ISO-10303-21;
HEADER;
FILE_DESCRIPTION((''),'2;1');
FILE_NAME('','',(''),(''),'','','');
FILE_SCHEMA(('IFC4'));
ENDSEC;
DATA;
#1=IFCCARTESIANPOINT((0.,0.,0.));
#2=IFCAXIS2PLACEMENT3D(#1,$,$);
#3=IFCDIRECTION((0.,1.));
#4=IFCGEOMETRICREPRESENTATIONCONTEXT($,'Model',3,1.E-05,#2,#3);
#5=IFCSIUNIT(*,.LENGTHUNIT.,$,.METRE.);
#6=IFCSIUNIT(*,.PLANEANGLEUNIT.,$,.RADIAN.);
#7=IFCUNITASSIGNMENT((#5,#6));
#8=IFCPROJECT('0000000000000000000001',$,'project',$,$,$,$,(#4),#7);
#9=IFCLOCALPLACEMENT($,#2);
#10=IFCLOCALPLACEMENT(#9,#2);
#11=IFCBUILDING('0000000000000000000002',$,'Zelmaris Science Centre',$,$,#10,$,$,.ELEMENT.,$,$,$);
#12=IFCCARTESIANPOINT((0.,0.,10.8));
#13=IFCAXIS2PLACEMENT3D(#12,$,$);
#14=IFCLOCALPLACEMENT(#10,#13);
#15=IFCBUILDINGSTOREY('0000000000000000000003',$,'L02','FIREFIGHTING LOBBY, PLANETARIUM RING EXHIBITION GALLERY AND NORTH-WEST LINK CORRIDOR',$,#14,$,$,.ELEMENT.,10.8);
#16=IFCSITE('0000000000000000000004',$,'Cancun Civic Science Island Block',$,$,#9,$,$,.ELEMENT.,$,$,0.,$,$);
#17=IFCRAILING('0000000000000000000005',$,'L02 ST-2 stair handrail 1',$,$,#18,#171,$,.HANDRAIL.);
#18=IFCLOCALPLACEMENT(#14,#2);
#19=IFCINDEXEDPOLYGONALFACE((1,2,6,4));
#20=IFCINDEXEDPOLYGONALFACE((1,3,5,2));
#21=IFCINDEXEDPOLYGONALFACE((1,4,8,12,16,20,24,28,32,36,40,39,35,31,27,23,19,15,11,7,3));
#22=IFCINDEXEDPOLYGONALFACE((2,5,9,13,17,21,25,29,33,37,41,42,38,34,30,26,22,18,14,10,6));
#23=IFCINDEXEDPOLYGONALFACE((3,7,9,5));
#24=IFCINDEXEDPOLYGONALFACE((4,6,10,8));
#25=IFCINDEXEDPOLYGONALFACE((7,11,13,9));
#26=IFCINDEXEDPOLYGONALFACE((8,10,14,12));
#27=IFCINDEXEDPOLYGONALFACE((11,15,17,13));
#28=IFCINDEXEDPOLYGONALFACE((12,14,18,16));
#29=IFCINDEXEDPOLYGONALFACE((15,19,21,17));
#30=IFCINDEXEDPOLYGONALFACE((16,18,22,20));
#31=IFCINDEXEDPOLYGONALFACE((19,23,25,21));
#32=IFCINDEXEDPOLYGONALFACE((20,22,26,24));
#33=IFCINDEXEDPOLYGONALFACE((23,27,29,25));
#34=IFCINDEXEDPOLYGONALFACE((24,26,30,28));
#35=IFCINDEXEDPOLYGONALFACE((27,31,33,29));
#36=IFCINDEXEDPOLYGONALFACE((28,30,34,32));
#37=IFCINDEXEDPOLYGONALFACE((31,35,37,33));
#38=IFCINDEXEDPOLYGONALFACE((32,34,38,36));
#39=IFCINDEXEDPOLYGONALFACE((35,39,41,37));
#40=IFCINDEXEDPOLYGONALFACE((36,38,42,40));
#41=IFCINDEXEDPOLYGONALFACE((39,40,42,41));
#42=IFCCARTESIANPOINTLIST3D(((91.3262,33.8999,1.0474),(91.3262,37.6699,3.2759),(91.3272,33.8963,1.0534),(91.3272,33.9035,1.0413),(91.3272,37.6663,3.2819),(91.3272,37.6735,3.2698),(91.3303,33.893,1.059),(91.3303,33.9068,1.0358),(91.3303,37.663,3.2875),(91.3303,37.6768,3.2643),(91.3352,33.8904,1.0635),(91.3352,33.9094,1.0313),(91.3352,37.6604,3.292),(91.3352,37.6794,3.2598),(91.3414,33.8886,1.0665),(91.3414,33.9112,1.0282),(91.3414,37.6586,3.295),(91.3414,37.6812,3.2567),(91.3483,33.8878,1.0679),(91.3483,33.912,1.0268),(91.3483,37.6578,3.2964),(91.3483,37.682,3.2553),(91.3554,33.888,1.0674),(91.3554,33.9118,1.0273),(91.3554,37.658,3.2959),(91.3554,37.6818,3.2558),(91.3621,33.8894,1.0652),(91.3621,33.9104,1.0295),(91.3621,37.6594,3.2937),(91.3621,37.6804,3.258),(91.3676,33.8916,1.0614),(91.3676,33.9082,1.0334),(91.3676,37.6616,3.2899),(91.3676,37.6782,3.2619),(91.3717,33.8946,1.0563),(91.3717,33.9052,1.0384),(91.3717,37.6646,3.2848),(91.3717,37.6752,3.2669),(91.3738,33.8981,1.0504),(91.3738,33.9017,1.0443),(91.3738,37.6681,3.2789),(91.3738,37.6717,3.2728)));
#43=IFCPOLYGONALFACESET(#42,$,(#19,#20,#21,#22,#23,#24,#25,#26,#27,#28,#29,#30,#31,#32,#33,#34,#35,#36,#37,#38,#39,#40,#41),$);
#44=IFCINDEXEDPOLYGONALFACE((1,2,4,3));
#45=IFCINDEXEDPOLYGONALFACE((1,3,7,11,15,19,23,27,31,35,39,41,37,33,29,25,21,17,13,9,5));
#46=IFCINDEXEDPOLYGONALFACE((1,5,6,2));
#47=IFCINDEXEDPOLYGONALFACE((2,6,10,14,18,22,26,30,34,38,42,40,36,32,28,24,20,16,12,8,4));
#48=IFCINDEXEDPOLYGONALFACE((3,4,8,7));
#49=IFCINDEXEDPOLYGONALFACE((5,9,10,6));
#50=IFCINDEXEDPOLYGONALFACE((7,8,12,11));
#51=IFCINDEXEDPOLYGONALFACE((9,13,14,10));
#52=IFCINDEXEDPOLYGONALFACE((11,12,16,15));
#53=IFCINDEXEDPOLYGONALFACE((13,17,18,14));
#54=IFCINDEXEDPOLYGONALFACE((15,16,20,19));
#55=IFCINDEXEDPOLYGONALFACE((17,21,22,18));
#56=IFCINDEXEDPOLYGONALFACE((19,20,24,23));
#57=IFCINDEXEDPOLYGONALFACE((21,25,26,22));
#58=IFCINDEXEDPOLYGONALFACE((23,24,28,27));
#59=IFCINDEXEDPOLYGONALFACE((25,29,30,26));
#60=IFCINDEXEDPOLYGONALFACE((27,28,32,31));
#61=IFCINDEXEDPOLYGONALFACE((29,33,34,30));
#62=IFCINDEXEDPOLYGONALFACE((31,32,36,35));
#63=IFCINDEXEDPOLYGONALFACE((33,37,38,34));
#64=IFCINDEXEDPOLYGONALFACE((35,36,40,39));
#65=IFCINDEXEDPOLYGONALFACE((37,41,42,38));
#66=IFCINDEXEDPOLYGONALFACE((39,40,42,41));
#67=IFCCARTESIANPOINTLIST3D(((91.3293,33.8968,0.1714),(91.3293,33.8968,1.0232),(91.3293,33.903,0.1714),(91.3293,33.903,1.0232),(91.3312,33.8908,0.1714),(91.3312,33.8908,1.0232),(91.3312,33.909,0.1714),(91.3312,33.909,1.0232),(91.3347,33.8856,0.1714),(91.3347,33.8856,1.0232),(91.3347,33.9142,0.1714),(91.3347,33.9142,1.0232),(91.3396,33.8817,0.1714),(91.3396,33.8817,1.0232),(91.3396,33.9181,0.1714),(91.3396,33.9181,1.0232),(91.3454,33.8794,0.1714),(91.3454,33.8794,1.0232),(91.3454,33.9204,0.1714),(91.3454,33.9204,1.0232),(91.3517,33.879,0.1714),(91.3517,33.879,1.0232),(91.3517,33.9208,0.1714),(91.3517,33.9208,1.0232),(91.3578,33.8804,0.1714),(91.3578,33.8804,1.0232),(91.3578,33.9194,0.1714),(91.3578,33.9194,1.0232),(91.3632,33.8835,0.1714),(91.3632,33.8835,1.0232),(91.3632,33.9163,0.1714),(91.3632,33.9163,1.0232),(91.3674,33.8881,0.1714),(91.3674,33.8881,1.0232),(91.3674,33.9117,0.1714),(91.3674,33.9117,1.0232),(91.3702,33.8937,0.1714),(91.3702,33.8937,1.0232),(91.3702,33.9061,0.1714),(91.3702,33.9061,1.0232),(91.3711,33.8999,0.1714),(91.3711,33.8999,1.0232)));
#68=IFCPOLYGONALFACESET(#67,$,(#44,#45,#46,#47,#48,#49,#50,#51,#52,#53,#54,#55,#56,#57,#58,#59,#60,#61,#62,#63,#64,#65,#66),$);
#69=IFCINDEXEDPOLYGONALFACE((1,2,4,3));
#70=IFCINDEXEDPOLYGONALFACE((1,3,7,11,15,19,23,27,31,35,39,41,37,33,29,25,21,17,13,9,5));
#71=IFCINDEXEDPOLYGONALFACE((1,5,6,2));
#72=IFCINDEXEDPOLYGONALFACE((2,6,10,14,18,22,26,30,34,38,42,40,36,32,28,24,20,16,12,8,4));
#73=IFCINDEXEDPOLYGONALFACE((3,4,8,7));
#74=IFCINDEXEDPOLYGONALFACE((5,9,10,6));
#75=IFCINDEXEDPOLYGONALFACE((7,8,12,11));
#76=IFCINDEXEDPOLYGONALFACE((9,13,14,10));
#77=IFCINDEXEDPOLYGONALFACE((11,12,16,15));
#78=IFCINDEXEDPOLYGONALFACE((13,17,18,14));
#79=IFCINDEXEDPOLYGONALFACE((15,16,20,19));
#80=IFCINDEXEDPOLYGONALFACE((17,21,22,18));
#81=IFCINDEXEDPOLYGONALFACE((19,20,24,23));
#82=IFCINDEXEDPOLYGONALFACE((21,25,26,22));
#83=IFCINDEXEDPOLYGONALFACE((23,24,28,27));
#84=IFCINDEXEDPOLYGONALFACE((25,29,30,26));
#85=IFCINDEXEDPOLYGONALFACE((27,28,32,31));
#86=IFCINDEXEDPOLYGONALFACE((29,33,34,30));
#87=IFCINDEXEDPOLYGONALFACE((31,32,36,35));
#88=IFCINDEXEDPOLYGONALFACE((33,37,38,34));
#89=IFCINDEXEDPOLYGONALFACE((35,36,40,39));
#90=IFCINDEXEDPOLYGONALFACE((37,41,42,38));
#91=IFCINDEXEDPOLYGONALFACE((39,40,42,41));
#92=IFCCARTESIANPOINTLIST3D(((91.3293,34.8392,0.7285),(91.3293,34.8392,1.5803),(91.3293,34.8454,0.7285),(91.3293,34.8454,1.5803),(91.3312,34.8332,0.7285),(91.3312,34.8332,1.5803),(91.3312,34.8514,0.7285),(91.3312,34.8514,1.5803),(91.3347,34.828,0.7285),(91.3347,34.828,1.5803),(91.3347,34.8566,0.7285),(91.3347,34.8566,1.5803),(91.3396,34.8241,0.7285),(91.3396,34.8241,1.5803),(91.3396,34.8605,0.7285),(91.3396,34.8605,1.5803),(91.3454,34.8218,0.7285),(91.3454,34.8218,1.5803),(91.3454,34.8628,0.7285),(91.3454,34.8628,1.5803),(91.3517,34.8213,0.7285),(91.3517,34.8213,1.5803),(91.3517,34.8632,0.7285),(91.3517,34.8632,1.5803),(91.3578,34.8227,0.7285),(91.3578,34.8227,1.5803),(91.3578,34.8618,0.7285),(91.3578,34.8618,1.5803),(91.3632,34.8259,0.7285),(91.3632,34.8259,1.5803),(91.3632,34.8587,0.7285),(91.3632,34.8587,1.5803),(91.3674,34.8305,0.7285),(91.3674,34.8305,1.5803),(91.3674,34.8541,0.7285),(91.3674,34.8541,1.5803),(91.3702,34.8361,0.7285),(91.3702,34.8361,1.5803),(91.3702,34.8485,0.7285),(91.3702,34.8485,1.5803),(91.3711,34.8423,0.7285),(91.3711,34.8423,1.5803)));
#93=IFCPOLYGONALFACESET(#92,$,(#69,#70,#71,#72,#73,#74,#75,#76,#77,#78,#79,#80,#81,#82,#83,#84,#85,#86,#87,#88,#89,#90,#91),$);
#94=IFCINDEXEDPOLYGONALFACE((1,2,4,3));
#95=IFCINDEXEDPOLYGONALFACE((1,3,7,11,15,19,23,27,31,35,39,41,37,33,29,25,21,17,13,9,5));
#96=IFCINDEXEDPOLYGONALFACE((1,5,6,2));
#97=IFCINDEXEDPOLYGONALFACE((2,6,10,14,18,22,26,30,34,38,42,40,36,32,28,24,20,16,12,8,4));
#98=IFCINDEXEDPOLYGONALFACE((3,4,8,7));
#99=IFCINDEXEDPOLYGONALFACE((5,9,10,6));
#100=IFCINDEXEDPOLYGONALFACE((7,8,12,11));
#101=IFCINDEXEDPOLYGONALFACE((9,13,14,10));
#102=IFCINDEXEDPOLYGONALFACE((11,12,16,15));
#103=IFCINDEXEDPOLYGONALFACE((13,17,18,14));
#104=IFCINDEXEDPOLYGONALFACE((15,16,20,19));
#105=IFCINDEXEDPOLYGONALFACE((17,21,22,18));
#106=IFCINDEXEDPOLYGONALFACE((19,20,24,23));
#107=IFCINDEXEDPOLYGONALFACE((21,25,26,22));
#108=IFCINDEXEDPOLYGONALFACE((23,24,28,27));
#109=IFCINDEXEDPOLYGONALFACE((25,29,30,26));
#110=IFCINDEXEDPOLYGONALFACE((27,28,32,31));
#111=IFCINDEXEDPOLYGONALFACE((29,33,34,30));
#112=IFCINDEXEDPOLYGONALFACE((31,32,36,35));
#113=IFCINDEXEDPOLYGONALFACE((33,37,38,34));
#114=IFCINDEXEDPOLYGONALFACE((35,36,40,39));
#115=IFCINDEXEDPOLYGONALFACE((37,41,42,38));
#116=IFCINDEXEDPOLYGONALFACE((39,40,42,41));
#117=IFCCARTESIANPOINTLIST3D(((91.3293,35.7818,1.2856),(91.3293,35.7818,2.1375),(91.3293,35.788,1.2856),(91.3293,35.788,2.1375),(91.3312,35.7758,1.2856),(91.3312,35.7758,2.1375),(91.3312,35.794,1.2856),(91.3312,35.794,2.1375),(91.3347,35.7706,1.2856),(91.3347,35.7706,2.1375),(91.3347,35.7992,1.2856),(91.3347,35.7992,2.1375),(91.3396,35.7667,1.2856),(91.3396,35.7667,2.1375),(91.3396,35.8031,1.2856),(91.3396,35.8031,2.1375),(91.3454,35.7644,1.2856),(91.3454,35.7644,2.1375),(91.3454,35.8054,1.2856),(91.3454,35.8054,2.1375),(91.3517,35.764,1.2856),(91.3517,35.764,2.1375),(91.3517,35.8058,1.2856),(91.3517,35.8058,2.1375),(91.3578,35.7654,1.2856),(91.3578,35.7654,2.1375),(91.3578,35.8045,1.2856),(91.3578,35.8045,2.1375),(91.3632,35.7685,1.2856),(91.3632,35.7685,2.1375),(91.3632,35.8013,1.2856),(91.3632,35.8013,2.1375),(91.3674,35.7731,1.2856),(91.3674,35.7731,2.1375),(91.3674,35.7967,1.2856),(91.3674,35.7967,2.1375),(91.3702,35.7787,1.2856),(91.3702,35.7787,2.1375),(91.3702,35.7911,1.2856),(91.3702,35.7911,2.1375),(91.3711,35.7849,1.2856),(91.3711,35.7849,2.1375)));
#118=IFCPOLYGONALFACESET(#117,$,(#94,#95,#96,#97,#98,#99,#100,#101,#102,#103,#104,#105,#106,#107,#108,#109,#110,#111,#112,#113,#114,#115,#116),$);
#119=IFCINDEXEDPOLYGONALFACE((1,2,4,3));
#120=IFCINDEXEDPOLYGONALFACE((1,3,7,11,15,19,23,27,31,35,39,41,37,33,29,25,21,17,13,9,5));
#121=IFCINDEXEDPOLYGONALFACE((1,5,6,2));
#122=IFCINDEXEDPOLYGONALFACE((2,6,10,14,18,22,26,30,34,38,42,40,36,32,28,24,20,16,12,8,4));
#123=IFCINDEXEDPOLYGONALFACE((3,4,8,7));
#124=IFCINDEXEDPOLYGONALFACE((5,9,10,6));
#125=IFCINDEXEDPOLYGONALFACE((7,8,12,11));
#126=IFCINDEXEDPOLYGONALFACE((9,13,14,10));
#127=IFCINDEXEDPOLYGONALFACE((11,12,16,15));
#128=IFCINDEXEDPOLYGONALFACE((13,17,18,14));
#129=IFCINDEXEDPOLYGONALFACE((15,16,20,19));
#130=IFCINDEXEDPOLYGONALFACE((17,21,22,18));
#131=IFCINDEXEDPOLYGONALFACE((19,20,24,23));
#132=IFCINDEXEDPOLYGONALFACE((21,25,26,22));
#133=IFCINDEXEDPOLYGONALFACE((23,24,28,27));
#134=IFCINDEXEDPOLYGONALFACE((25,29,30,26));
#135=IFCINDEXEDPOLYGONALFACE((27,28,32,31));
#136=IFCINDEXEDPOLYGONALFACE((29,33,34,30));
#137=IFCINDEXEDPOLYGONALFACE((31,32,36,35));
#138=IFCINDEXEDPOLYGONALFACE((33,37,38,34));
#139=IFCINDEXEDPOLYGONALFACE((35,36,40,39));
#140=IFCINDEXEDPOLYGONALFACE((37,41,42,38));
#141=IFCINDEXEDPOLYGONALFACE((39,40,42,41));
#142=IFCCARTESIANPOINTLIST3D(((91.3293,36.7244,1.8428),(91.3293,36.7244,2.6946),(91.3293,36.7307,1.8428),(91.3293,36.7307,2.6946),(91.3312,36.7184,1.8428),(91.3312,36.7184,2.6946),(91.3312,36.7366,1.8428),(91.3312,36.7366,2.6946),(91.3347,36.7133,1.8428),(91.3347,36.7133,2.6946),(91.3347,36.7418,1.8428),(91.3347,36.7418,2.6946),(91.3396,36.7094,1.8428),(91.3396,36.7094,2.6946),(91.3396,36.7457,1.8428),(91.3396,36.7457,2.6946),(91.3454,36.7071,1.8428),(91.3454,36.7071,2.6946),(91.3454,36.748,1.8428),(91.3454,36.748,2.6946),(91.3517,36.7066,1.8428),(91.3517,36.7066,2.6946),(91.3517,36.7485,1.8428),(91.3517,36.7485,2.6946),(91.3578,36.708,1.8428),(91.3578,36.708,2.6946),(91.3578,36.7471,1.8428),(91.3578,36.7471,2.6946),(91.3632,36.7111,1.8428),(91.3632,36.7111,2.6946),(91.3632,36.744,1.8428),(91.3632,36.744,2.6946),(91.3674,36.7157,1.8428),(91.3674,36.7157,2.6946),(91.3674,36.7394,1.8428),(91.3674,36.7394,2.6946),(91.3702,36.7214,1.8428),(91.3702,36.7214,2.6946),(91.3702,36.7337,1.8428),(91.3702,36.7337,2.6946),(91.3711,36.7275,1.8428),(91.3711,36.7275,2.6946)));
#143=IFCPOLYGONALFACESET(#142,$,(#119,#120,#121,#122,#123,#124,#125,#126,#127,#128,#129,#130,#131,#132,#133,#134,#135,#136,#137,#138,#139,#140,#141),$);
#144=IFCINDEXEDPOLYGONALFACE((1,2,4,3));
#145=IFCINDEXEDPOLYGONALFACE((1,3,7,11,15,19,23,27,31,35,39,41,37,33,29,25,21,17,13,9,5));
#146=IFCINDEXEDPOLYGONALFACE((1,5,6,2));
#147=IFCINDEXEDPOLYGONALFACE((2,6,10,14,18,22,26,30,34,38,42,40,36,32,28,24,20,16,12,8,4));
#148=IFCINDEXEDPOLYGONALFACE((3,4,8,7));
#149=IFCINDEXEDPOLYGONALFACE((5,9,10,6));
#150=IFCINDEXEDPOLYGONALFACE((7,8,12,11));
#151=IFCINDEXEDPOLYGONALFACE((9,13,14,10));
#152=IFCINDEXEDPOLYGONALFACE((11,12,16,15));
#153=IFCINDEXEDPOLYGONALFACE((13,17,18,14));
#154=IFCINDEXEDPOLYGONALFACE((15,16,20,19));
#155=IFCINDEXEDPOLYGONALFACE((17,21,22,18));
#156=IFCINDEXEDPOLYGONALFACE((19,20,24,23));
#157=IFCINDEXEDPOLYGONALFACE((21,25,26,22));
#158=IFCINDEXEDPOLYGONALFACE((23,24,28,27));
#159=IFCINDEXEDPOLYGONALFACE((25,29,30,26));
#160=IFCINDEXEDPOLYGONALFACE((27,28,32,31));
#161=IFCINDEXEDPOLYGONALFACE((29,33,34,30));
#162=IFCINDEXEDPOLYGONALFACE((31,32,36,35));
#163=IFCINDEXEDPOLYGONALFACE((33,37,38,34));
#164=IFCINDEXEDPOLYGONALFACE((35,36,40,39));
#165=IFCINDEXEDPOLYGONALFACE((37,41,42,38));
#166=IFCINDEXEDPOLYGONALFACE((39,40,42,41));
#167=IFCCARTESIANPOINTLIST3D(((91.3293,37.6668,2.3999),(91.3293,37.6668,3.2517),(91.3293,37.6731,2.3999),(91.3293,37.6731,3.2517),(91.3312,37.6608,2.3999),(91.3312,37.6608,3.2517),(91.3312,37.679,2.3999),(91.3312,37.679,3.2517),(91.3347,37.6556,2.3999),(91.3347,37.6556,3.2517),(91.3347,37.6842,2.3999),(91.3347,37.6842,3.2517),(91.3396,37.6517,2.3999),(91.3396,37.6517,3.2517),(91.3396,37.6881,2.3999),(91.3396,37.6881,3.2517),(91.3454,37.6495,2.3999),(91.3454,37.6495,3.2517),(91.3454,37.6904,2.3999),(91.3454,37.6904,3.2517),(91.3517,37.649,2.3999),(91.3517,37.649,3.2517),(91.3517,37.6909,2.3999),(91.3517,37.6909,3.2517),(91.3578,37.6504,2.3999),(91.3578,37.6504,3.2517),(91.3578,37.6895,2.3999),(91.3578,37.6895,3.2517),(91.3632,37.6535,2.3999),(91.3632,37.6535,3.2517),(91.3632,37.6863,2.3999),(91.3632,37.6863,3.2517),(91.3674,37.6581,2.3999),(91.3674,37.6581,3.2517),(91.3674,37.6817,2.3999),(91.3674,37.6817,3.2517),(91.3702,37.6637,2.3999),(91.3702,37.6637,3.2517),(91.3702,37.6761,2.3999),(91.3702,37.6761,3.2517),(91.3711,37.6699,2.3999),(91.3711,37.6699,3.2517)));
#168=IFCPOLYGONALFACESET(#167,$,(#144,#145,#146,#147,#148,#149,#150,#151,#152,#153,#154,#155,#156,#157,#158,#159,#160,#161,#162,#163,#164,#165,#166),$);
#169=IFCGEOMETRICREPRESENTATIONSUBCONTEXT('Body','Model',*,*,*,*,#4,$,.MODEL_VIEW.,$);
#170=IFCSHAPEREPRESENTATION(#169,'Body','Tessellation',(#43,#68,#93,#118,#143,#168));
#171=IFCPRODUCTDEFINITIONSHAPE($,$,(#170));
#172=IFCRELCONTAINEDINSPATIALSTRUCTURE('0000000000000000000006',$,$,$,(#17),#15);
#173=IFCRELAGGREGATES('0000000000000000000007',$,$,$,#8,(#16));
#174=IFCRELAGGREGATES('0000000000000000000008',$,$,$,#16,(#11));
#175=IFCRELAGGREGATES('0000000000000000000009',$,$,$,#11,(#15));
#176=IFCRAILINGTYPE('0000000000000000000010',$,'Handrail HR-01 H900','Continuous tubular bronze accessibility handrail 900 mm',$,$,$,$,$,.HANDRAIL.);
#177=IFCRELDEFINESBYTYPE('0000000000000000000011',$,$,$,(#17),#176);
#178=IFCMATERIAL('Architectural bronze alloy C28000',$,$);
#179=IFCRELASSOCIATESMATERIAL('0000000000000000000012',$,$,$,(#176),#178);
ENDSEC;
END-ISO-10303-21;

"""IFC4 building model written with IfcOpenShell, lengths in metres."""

from ifc_helpers import new_model, si_unit, direction, frame, origin, origin_2d, place, context, subcontext, project, spatial, circle, extrude, material, type_object, element, save


model = new_model("IFC4")

# Units and contexts
model_context = context("Model", 3, precision=1e-05, world=origin(), true_north=direction((0.0, 1.0)))
body_context = subcontext(model_context, "Body", "Model", "MODEL_VIEW")
ifc_project = project(units=[si_unit("LENGTHUNIT", "METRE"), si_unit("PLANEANGLEUNIT", "RADIAN")], contexts=[model_context])

# Site, building, storey
site_placement = place(None, origin())
site = spatial("IfcSite", under=ifc_project, at=site_placement, Name="Cancun Civic Science Island Block", CompositionType="ELEMENT", RefElevation=0.0)
building_placement = place(site_placement, origin())
building = spatial("IfcBuilding", under=site, at=building_placement, Name="Zelmaris Science Centre", CompositionType="ELEMENT")
storey_placement = place(building_placement, frame((0.0, 0.0, 10.8)))
storey = spatial("IfcBuildingStorey", under=building, at=storey_placement, Name="L02", Description="FIREFIGHTING LOBBY, PLANETARIUM RING EXHIBITION GALLERY AND NORTH-WEST LINK CORRIDOR", CompositionType="ELEMENT", Elevation=10.8)

# Railing
ifc_material_1 = material(Name="Architectural bronze alloy C28000")
railing_type_1 = type_object("IfcRailingType", Name="Handrail HR-01 H900", Description="Continuous tubular bronze accessibility handrail 900 mm", PredefinedType="HANDRAIL", material=ifc_material_1)
railing_1_placement = place(storey_placement, frame((91.3501, 33.8999, 0.1714)))
element("IfcRailing", 1, at=railing_1_placement, inside=storey, type_object=railing_type_1, Name="L02 ST-2 stair handrail 1", PredefinedType="HANDRAIL", context=body_context, shape_type="SweptSolid", body=[
    extrude(circle(Radius=0.0239, at=origin_2d()), frame((0.0, 0.0, 0.876), z_axis=(0.0, 0.860849, 0.508861), x_axis=(-1.0, 0.0, 0.0)), (0.0, 0.0, 1.0), 4.3794),
    extrude(circle(Radius=0.021, at=origin_2d()), origin(), (0.0, 0.0, 1.0), 0.8518),
    extrude(circle(Radius=0.021, at=origin_2d()), frame((0.0, 0.9424, 0.5571)), (0.0, 0.0, 1.0), 0.8518),
    extrude(circle(Radius=0.021, at=origin_2d()), frame((0.0, 1.885, 1.1143)), (0.0, 0.0, 1.0), 0.8518),
    extrude(circle(Radius=0.021, at=origin_2d()), frame((0.0, 2.8276, 1.6714)), (0.0, 0.0, 1.0), 0.8518),
    extrude(circle(Radius=0.021, at=origin_2d()), frame((0.0, 3.77, 2.2285)), (0.0, 0.0, 1.0), 0.8518),
])

save(model, "model.ifc")
